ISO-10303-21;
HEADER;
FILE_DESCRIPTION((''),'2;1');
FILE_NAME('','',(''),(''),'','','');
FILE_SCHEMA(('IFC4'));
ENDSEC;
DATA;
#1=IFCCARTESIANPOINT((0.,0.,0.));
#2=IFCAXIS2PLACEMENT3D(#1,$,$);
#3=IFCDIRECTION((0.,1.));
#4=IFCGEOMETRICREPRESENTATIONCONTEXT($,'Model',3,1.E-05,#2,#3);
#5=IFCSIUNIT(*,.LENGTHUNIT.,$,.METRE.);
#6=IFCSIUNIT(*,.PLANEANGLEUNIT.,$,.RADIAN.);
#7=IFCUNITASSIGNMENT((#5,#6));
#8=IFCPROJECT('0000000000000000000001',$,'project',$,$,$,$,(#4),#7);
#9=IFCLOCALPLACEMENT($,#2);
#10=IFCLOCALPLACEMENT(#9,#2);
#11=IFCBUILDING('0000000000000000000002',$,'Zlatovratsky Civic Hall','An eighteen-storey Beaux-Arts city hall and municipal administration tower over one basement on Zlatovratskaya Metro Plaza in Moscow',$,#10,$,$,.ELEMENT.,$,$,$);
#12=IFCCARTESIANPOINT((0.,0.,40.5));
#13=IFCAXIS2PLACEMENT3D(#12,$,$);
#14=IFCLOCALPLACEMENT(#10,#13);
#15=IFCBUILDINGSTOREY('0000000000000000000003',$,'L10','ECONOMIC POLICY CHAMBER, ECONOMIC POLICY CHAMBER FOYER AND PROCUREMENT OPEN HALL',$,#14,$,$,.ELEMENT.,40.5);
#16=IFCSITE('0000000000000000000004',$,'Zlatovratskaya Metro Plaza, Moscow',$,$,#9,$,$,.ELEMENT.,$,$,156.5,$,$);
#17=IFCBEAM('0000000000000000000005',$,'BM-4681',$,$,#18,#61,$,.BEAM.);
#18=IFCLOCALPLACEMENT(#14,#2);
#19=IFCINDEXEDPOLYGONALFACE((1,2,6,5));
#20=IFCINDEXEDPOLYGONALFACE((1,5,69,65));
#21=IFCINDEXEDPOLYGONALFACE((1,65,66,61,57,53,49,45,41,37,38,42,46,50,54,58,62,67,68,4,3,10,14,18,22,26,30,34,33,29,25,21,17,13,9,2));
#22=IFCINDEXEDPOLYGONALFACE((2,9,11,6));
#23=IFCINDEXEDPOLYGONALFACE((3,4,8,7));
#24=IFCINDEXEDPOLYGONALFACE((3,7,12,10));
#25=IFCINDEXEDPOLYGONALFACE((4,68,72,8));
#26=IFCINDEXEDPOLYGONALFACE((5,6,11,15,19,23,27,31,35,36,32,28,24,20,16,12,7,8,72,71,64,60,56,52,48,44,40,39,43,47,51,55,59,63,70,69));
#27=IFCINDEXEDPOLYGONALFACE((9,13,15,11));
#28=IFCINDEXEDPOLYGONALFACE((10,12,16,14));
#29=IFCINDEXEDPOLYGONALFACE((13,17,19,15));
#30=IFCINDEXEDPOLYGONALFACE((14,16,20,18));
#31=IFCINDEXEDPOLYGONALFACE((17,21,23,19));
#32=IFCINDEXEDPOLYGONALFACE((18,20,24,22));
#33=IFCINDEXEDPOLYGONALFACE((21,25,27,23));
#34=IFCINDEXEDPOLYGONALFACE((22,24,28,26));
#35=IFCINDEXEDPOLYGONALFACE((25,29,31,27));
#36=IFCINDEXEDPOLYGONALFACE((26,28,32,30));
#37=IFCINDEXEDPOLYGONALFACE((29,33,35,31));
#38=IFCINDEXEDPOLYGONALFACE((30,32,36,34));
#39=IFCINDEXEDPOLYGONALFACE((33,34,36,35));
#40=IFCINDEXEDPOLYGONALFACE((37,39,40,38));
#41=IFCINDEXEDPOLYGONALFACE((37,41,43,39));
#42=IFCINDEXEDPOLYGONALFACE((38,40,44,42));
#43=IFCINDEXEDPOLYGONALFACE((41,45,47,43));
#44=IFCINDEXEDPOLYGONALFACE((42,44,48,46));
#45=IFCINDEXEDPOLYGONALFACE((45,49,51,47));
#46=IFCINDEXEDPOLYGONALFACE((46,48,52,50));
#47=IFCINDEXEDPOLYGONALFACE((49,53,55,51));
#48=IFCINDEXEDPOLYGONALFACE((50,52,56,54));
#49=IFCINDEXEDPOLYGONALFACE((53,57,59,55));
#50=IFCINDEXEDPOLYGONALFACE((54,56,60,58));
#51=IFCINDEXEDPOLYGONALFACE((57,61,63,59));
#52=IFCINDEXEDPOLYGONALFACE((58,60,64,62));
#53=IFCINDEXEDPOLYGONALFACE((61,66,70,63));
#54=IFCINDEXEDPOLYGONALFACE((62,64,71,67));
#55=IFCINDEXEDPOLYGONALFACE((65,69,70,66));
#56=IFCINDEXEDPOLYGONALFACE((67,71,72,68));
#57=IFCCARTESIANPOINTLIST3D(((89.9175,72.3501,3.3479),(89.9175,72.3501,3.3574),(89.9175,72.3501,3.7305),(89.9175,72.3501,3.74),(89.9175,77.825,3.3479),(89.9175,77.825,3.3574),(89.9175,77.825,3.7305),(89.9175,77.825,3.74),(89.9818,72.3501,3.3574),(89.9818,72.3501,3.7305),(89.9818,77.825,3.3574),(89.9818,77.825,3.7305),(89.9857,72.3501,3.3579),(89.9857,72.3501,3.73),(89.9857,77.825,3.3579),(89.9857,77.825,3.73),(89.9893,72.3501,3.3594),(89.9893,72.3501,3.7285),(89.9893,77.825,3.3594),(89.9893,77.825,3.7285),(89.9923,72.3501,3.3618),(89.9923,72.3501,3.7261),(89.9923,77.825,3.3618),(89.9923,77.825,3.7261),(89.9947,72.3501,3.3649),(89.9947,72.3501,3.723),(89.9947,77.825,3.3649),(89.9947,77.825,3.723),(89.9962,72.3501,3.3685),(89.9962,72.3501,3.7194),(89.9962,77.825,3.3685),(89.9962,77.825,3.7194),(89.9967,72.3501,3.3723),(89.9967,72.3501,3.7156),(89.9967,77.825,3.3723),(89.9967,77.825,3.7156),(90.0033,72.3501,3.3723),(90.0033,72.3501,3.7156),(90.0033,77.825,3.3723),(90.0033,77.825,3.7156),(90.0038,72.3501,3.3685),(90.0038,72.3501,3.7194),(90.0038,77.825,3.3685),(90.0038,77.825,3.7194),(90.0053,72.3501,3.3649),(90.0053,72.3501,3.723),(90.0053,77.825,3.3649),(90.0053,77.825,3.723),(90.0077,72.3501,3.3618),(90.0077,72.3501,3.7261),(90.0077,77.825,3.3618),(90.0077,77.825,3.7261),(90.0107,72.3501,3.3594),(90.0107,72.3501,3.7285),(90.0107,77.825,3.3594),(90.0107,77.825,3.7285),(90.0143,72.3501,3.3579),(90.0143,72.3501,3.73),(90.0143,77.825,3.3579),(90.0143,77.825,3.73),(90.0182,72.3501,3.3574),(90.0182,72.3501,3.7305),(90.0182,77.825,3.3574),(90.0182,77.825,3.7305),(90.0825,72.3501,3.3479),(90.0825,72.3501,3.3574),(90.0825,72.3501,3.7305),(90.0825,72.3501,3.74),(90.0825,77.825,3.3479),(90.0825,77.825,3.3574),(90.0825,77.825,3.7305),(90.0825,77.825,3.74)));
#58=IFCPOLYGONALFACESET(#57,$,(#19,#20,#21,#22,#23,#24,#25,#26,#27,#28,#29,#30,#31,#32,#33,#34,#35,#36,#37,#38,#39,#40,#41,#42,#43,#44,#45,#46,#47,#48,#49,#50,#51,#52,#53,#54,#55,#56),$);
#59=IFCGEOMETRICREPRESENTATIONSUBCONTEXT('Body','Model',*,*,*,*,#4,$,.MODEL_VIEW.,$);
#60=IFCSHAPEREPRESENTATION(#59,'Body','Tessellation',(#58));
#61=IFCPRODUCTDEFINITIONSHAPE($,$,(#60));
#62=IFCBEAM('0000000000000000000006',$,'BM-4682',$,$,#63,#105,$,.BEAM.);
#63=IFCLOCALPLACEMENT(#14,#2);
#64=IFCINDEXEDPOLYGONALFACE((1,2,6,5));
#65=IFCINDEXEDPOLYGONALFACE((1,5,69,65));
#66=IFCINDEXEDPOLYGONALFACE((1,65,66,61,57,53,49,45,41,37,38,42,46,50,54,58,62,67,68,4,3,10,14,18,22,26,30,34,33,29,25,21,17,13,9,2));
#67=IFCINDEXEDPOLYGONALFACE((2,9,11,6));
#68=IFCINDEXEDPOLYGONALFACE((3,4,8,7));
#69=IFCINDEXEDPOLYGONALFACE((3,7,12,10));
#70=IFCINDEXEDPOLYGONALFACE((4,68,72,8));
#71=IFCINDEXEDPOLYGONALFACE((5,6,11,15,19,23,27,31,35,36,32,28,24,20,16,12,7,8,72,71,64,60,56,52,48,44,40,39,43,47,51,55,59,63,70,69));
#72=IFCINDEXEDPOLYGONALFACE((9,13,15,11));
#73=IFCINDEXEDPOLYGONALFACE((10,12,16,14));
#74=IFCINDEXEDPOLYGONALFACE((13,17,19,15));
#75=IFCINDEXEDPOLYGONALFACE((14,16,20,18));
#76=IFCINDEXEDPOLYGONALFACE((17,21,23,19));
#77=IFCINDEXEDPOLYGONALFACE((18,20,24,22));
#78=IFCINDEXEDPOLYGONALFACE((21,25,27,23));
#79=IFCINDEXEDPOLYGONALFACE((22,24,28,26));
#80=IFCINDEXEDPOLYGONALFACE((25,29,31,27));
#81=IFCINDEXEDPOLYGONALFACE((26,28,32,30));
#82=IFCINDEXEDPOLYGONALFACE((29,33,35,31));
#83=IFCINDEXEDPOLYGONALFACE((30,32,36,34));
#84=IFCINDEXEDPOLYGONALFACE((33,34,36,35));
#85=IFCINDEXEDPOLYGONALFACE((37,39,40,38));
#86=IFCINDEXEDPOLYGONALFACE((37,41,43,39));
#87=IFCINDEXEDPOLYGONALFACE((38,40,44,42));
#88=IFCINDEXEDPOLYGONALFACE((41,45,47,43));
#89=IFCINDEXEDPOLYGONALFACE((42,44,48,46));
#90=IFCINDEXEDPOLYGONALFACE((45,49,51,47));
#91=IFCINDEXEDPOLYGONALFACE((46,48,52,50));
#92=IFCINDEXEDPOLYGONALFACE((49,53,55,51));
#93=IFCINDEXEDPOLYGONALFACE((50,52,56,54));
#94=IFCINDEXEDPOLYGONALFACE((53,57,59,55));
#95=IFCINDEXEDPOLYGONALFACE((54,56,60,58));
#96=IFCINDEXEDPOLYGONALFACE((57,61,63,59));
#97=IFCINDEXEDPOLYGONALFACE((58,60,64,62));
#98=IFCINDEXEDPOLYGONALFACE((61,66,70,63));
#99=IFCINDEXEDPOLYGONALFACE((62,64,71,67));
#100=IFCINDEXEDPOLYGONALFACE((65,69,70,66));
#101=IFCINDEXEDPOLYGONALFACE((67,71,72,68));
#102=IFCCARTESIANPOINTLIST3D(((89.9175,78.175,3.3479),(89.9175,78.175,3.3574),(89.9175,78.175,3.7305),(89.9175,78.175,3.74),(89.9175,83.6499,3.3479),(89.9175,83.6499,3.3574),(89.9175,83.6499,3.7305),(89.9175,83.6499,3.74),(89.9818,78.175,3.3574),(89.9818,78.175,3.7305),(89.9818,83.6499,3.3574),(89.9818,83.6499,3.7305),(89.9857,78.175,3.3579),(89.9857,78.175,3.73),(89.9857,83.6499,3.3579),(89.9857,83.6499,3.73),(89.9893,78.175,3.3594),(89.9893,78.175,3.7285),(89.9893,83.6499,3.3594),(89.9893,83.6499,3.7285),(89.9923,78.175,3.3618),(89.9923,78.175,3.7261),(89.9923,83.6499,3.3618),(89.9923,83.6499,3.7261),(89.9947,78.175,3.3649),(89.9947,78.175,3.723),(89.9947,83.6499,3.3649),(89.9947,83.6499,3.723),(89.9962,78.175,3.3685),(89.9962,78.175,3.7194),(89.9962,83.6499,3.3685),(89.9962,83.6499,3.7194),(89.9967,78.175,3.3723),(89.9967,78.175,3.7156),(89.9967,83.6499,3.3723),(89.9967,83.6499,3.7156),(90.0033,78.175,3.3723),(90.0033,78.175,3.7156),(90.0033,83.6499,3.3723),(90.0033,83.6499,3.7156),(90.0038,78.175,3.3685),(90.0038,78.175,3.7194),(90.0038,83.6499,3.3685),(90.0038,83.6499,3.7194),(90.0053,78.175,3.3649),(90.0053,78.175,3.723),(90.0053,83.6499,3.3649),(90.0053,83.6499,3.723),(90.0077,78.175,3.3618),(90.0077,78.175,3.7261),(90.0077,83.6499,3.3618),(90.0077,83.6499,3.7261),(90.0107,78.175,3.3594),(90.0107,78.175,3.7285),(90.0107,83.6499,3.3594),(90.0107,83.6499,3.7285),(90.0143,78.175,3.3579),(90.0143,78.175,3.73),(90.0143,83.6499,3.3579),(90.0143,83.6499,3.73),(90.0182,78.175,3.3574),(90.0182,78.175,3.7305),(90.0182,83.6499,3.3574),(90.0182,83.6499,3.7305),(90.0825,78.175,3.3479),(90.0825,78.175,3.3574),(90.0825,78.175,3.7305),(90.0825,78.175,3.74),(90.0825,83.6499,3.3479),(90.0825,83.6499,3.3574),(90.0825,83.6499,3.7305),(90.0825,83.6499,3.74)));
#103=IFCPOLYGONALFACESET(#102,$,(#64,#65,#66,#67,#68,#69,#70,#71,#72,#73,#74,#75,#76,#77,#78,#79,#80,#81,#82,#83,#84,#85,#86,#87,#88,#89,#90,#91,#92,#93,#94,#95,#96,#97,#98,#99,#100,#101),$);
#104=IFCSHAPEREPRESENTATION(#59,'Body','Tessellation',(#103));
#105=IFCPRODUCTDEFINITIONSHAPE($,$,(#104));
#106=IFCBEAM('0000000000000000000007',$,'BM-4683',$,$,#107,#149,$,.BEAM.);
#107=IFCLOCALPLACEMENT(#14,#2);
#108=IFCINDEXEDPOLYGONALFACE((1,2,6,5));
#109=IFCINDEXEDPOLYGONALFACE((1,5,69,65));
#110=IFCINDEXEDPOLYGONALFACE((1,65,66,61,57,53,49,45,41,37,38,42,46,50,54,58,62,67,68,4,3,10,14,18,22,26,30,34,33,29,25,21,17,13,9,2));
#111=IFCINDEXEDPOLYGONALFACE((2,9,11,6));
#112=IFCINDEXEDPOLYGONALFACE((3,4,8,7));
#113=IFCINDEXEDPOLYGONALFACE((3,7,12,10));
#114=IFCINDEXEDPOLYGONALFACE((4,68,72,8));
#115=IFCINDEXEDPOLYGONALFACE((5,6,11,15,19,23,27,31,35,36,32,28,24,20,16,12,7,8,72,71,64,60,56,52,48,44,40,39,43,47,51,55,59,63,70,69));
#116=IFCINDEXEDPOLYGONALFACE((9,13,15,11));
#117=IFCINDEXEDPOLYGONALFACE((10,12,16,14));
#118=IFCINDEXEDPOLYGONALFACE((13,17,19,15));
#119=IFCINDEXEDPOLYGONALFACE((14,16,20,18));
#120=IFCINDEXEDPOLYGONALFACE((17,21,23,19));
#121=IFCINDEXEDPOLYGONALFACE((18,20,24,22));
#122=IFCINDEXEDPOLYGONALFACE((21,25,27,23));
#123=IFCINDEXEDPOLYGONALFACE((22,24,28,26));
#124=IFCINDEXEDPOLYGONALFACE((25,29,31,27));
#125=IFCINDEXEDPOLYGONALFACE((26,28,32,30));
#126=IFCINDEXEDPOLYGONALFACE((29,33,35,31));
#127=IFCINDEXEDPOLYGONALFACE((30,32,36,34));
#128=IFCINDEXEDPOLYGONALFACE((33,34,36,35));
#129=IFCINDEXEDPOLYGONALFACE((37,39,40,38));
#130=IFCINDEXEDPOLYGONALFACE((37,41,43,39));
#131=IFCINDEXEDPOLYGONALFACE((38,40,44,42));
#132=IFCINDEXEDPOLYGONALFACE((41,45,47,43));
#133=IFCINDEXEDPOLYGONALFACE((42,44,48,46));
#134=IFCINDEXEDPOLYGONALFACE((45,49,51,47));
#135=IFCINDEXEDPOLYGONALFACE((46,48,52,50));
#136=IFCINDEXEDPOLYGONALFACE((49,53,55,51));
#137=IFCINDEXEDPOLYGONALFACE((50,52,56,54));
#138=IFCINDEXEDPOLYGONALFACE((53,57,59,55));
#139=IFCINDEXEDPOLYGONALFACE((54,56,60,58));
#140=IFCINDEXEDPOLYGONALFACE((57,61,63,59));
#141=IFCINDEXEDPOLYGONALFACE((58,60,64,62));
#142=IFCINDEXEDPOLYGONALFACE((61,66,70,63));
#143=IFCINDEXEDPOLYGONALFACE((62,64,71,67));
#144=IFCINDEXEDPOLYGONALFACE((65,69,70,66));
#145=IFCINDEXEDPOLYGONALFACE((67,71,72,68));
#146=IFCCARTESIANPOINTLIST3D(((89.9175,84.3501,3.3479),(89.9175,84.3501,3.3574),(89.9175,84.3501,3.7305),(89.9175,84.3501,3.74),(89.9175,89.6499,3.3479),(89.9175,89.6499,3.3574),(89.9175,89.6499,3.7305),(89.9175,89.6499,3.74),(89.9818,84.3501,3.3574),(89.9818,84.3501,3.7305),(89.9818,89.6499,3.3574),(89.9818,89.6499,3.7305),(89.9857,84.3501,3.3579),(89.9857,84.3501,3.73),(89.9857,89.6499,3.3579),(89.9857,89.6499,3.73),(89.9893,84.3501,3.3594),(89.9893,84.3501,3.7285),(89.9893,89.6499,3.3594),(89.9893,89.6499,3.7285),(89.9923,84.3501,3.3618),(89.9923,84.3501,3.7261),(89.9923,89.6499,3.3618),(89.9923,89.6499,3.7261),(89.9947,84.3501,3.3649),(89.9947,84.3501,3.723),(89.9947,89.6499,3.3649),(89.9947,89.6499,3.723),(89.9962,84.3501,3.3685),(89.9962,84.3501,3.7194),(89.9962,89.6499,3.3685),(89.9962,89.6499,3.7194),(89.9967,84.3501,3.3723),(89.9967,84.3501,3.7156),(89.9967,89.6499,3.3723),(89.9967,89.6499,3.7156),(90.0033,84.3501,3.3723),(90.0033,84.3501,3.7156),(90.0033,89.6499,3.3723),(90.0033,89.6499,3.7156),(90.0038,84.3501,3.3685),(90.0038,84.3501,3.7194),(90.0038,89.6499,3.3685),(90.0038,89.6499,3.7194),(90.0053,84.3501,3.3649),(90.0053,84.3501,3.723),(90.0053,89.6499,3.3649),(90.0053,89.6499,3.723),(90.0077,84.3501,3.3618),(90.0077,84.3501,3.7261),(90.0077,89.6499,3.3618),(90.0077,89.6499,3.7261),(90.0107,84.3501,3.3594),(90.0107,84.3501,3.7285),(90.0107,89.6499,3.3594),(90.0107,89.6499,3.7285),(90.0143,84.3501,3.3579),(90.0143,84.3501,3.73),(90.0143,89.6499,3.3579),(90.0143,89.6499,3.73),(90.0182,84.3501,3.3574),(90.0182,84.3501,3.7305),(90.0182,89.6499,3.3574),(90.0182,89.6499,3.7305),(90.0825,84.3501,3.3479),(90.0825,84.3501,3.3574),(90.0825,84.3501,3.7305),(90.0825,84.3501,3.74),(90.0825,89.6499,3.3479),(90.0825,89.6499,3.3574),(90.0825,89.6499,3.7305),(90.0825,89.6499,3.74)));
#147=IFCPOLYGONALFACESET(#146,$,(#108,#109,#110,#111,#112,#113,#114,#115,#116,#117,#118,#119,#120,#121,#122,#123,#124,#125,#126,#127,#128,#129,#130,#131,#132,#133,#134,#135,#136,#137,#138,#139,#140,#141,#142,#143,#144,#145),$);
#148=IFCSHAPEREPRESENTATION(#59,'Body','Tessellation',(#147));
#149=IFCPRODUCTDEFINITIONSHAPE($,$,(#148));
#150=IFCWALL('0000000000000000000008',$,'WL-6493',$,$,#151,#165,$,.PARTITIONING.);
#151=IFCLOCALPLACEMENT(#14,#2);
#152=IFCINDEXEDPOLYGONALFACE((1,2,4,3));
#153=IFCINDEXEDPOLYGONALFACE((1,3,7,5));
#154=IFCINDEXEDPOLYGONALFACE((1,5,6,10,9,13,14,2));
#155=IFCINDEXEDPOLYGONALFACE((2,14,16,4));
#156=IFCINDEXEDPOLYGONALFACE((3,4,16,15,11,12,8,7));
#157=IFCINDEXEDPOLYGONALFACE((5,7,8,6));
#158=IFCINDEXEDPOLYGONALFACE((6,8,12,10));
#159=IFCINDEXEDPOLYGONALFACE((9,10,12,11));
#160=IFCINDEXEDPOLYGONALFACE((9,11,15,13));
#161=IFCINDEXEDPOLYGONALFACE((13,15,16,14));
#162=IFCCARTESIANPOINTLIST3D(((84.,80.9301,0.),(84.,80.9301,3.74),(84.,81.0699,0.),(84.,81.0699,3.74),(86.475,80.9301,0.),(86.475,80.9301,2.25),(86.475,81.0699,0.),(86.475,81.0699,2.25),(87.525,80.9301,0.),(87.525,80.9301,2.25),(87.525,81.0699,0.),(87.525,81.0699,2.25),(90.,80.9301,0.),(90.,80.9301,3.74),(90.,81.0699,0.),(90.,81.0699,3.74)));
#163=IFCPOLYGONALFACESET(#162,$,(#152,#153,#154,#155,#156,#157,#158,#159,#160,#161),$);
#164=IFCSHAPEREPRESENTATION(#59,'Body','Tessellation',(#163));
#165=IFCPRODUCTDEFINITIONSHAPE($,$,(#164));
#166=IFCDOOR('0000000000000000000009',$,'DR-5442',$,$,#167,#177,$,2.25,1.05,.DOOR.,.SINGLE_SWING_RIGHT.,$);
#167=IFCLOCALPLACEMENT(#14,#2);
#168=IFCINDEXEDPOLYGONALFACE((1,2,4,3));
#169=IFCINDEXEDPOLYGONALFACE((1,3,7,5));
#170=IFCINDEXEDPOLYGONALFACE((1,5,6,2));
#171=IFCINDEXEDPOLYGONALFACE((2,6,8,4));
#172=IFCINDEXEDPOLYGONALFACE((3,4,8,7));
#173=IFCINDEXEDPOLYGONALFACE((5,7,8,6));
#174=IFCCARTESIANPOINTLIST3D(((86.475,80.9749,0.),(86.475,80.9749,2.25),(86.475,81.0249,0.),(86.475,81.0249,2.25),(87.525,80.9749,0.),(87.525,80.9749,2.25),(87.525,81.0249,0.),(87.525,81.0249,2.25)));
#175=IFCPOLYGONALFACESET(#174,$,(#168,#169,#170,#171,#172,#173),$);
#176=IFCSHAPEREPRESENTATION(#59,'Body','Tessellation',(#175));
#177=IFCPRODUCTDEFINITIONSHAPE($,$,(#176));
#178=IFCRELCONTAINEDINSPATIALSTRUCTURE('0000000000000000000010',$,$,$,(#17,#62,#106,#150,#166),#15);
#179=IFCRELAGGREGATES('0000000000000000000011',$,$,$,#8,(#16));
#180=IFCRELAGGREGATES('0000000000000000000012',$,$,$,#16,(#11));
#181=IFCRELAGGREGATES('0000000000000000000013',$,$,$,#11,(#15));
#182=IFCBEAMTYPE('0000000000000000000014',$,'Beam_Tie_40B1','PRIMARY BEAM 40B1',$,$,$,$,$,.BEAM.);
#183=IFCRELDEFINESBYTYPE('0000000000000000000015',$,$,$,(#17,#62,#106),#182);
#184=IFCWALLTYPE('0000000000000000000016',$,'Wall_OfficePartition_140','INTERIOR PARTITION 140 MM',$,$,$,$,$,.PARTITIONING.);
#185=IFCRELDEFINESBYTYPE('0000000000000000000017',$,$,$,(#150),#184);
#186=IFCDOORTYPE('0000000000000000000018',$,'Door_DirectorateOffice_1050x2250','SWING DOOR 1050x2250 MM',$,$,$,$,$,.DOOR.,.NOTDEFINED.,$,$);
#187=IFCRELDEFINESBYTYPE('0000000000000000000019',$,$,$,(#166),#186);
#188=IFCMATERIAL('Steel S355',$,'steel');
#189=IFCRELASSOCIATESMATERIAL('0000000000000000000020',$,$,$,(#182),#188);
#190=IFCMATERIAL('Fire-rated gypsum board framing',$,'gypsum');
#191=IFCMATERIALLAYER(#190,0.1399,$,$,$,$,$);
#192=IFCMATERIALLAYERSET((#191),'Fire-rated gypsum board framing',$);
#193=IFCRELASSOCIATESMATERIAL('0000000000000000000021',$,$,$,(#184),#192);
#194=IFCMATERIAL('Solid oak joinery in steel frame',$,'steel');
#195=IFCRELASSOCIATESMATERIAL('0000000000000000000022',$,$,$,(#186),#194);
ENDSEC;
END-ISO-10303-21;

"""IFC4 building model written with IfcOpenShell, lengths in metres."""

from ifc_helpers import new_model, si_unit, direction, frame, frame_2d, origin, origin_2d, place, context, subcontext, project, spatial, rectangle, i_section, extrude, material, layer, layer_set, material_profile, profile_set, type_object, element, fill, save


model = new_model("IFC4")

# Units and contexts
model_context = context("Model", 3, precision=1e-05, world=origin(), true_north=direction((0.0, 1.0)))
body_context = subcontext(model_context, "Body", "Model", "MODEL_VIEW")
ifc_project = project(units=[si_unit("LENGTHUNIT", "METRE"), si_unit("PLANEANGLEUNIT", "RADIAN")], contexts=[model_context])

# Site, building, storey
site_placement = place(None, origin())
site = spatial("IfcSite", under=ifc_project, at=site_placement, Name="Zlatovratskaya Metro Plaza, Moscow", CompositionType="ELEMENT", RefElevation=156.5)
building_placement = place(site_placement, origin())
building = spatial("IfcBuilding", under=site, at=building_placement, Name="Zlatovratsky Civic Hall", Description="An eighteen-storey Beaux-Arts city hall and municipal administration tower over one basement on Zlatovratskaya Metro Plaza in Moscow", CompositionType="ELEMENT")
storey_placement = place(building_placement, frame((0.0, 0.0, 40.5)))
storey = spatial("IfcBuildingStorey", under=building, at=storey_placement, Name="L10", Description="ECONOMIC POLICY CHAMBER, ECONOMIC POLICY CHAMBER FOYER AND PROCUREMENT OPEN HALL", CompositionType="ELEMENT", Elevation=40.5)

# Shared definitions
ifc_material_1 = material(Name="Steel S355", Category="steel")

# Beams
ifc_material_profile_1 = material_profile(ifc_material_1, i_section(OverallWidth=0.165, OverallDepth=0.3921, WebThickness=0.0066, FlangeThickness=0.0095, FilletRadius=0.0149, at=origin_2d()), Name="40B1")
ifc_profile_set_1 = profile_set([ifc_material_profile_1], Name="Steel S355")
beam_type = type_object("IfcBeamType", Name="Beam_Tie_40B1", Description="PRIMARY BEAM 40B1", PredefinedType="BEAM", material=ifc_profile_set_1)
for number, where, z_axis, x_axis, name in (
    (1, (90.0, 72.3501, 3.5439), (0.0, 1.0, 0.0), (-1.0, 0.0, 0.0), "BM-4681"),
    (2, (90.0, 78.175, 3.5439), (0.0, 1.0, 0.0), (-1.0, 0.0, 0.0), "BM-4682"),
):
    element("IfcBeam", number, at=place(storey_placement, frame(where, z_axis=z_axis, x_axis=x_axis)), inside=storey, type_object=beam_type, Name=name, PredefinedType="BEAM", context=body_context, shape_type="SweptSolid", body=[
        extrude(i_section(OverallWidth=0.165, OverallDepth=0.3921, WebThickness=0.0066, FlangeThickness=0.0095, FilletRadius=0.0149, at=origin_2d()), origin(), (0.0, 0.0, 1.0), 5.4749),
    ])
beam_1_placement = place(storey_placement, frame((90.0, 84.3501, 3.5439), z_axis=(0.0, 1.0, 0.0), x_axis=(-1.0, 0.0, 0.0)))
element("IfcBeam", 3, at=beam_1_placement, inside=storey, type_object=beam_type, Name="BM-4683", PredefinedType="BEAM", context=body_context, shape_type="SweptSolid", body=[
    extrude(i_section(OverallWidth=0.165, OverallDepth=0.3921, WebThickness=0.0066, FlangeThickness=0.0095, FilletRadius=0.0149, at=origin_2d()), origin(), (0.0, 0.0, 1.0), 5.2998),
])

# Wall, opening, door
ifc_material_2 = material(Name="Fire-rated gypsum board framing", Category="gypsum")
ifc_layer_1 = layer(ifc_material_2, 0.1399)
ifc_layer_set_1 = layer_set([ifc_layer_1], Name="Fire-rated gypsum board framing")
wall_type_1 = type_object("IfcWallType", Name="Wall_OfficePartition_140", Description="INTERIOR PARTITION 140 MM", PredefinedType="PARTITIONING", material=ifc_layer_set_1)
wall_1_placement = place(storey_placement, frame((84.0, 81.0, 0.0), z_axis=(0.0, 0.0, 1.0), x_axis=(1.0, 0.0, 0.0)))
wall_1 = element("IfcWall", 4, at=wall_1_placement, inside=storey, type_object=wall_type_1, Name="WL-6493", PredefinedType="PARTITIONING", context=body_context, shape_type="SweptSolid", body=[
    extrude(rectangle(XDim=6.0, YDim=0.1399, at=frame_2d((3.0, 0.0))), origin(), (0.0, 0.0, 1.0), 3.74),
])
opening_1_placement = place(wall_1_placement, frame((2.4751, 0.0, 0.0)))
opening_1 = element("IfcOpeningElement", 5, at=opening_1_placement, cuts=wall_1, PredefinedType="OPENING", context=body_context, shape_type="SweptSolid", body=[
    extrude(rectangle(XDim=1.05, YDim=2.25, at=frame_2d((0.5249, 1.125))), frame((0.0, 0.085, 0.0), z_axis=(0.0, -1.0, 0.0), x_axis=(1.0, 0.0, 0.0)), (0.0, 0.0, 1.0), 0.1697),
])
ifc_material_3 = material(Name="Solid oak joinery in steel frame", Category="steel")
door_type_1 = type_object("IfcDoorType", Name="Door_DirectorateOffice_1050x2250", Description="SWING DOOR 1050x2250 MM", OperationType="NOTDEFINED", PredefinedType="DOOR", material=ifc_material_3)
door_1_placement = place(opening_1_placement, origin())
door_1 = element("IfcDoor", 6, at=door_1_placement, inside=storey, type_object=door_type_1, Name="DR-5442", OperationType="SINGLE_SWING_RIGHT", OverallHeight=2.25, OverallWidth=1.05, PredefinedType="DOOR", context=body_context, shape_type="SweptSolid", body=[
    extrude(rectangle(XDim=1.05, YDim=2.25, at=frame_2d((0.5249, 1.125))), frame((0.0, 0.0249, 0.0), z_axis=(0.0, -1.0, 0.0), x_axis=(1.0, 0.0, 0.0)), (0.0, 0.0, 1.0), 0.05),
])
fill(opening_1, door_1)

save(model, "model.ifc")
